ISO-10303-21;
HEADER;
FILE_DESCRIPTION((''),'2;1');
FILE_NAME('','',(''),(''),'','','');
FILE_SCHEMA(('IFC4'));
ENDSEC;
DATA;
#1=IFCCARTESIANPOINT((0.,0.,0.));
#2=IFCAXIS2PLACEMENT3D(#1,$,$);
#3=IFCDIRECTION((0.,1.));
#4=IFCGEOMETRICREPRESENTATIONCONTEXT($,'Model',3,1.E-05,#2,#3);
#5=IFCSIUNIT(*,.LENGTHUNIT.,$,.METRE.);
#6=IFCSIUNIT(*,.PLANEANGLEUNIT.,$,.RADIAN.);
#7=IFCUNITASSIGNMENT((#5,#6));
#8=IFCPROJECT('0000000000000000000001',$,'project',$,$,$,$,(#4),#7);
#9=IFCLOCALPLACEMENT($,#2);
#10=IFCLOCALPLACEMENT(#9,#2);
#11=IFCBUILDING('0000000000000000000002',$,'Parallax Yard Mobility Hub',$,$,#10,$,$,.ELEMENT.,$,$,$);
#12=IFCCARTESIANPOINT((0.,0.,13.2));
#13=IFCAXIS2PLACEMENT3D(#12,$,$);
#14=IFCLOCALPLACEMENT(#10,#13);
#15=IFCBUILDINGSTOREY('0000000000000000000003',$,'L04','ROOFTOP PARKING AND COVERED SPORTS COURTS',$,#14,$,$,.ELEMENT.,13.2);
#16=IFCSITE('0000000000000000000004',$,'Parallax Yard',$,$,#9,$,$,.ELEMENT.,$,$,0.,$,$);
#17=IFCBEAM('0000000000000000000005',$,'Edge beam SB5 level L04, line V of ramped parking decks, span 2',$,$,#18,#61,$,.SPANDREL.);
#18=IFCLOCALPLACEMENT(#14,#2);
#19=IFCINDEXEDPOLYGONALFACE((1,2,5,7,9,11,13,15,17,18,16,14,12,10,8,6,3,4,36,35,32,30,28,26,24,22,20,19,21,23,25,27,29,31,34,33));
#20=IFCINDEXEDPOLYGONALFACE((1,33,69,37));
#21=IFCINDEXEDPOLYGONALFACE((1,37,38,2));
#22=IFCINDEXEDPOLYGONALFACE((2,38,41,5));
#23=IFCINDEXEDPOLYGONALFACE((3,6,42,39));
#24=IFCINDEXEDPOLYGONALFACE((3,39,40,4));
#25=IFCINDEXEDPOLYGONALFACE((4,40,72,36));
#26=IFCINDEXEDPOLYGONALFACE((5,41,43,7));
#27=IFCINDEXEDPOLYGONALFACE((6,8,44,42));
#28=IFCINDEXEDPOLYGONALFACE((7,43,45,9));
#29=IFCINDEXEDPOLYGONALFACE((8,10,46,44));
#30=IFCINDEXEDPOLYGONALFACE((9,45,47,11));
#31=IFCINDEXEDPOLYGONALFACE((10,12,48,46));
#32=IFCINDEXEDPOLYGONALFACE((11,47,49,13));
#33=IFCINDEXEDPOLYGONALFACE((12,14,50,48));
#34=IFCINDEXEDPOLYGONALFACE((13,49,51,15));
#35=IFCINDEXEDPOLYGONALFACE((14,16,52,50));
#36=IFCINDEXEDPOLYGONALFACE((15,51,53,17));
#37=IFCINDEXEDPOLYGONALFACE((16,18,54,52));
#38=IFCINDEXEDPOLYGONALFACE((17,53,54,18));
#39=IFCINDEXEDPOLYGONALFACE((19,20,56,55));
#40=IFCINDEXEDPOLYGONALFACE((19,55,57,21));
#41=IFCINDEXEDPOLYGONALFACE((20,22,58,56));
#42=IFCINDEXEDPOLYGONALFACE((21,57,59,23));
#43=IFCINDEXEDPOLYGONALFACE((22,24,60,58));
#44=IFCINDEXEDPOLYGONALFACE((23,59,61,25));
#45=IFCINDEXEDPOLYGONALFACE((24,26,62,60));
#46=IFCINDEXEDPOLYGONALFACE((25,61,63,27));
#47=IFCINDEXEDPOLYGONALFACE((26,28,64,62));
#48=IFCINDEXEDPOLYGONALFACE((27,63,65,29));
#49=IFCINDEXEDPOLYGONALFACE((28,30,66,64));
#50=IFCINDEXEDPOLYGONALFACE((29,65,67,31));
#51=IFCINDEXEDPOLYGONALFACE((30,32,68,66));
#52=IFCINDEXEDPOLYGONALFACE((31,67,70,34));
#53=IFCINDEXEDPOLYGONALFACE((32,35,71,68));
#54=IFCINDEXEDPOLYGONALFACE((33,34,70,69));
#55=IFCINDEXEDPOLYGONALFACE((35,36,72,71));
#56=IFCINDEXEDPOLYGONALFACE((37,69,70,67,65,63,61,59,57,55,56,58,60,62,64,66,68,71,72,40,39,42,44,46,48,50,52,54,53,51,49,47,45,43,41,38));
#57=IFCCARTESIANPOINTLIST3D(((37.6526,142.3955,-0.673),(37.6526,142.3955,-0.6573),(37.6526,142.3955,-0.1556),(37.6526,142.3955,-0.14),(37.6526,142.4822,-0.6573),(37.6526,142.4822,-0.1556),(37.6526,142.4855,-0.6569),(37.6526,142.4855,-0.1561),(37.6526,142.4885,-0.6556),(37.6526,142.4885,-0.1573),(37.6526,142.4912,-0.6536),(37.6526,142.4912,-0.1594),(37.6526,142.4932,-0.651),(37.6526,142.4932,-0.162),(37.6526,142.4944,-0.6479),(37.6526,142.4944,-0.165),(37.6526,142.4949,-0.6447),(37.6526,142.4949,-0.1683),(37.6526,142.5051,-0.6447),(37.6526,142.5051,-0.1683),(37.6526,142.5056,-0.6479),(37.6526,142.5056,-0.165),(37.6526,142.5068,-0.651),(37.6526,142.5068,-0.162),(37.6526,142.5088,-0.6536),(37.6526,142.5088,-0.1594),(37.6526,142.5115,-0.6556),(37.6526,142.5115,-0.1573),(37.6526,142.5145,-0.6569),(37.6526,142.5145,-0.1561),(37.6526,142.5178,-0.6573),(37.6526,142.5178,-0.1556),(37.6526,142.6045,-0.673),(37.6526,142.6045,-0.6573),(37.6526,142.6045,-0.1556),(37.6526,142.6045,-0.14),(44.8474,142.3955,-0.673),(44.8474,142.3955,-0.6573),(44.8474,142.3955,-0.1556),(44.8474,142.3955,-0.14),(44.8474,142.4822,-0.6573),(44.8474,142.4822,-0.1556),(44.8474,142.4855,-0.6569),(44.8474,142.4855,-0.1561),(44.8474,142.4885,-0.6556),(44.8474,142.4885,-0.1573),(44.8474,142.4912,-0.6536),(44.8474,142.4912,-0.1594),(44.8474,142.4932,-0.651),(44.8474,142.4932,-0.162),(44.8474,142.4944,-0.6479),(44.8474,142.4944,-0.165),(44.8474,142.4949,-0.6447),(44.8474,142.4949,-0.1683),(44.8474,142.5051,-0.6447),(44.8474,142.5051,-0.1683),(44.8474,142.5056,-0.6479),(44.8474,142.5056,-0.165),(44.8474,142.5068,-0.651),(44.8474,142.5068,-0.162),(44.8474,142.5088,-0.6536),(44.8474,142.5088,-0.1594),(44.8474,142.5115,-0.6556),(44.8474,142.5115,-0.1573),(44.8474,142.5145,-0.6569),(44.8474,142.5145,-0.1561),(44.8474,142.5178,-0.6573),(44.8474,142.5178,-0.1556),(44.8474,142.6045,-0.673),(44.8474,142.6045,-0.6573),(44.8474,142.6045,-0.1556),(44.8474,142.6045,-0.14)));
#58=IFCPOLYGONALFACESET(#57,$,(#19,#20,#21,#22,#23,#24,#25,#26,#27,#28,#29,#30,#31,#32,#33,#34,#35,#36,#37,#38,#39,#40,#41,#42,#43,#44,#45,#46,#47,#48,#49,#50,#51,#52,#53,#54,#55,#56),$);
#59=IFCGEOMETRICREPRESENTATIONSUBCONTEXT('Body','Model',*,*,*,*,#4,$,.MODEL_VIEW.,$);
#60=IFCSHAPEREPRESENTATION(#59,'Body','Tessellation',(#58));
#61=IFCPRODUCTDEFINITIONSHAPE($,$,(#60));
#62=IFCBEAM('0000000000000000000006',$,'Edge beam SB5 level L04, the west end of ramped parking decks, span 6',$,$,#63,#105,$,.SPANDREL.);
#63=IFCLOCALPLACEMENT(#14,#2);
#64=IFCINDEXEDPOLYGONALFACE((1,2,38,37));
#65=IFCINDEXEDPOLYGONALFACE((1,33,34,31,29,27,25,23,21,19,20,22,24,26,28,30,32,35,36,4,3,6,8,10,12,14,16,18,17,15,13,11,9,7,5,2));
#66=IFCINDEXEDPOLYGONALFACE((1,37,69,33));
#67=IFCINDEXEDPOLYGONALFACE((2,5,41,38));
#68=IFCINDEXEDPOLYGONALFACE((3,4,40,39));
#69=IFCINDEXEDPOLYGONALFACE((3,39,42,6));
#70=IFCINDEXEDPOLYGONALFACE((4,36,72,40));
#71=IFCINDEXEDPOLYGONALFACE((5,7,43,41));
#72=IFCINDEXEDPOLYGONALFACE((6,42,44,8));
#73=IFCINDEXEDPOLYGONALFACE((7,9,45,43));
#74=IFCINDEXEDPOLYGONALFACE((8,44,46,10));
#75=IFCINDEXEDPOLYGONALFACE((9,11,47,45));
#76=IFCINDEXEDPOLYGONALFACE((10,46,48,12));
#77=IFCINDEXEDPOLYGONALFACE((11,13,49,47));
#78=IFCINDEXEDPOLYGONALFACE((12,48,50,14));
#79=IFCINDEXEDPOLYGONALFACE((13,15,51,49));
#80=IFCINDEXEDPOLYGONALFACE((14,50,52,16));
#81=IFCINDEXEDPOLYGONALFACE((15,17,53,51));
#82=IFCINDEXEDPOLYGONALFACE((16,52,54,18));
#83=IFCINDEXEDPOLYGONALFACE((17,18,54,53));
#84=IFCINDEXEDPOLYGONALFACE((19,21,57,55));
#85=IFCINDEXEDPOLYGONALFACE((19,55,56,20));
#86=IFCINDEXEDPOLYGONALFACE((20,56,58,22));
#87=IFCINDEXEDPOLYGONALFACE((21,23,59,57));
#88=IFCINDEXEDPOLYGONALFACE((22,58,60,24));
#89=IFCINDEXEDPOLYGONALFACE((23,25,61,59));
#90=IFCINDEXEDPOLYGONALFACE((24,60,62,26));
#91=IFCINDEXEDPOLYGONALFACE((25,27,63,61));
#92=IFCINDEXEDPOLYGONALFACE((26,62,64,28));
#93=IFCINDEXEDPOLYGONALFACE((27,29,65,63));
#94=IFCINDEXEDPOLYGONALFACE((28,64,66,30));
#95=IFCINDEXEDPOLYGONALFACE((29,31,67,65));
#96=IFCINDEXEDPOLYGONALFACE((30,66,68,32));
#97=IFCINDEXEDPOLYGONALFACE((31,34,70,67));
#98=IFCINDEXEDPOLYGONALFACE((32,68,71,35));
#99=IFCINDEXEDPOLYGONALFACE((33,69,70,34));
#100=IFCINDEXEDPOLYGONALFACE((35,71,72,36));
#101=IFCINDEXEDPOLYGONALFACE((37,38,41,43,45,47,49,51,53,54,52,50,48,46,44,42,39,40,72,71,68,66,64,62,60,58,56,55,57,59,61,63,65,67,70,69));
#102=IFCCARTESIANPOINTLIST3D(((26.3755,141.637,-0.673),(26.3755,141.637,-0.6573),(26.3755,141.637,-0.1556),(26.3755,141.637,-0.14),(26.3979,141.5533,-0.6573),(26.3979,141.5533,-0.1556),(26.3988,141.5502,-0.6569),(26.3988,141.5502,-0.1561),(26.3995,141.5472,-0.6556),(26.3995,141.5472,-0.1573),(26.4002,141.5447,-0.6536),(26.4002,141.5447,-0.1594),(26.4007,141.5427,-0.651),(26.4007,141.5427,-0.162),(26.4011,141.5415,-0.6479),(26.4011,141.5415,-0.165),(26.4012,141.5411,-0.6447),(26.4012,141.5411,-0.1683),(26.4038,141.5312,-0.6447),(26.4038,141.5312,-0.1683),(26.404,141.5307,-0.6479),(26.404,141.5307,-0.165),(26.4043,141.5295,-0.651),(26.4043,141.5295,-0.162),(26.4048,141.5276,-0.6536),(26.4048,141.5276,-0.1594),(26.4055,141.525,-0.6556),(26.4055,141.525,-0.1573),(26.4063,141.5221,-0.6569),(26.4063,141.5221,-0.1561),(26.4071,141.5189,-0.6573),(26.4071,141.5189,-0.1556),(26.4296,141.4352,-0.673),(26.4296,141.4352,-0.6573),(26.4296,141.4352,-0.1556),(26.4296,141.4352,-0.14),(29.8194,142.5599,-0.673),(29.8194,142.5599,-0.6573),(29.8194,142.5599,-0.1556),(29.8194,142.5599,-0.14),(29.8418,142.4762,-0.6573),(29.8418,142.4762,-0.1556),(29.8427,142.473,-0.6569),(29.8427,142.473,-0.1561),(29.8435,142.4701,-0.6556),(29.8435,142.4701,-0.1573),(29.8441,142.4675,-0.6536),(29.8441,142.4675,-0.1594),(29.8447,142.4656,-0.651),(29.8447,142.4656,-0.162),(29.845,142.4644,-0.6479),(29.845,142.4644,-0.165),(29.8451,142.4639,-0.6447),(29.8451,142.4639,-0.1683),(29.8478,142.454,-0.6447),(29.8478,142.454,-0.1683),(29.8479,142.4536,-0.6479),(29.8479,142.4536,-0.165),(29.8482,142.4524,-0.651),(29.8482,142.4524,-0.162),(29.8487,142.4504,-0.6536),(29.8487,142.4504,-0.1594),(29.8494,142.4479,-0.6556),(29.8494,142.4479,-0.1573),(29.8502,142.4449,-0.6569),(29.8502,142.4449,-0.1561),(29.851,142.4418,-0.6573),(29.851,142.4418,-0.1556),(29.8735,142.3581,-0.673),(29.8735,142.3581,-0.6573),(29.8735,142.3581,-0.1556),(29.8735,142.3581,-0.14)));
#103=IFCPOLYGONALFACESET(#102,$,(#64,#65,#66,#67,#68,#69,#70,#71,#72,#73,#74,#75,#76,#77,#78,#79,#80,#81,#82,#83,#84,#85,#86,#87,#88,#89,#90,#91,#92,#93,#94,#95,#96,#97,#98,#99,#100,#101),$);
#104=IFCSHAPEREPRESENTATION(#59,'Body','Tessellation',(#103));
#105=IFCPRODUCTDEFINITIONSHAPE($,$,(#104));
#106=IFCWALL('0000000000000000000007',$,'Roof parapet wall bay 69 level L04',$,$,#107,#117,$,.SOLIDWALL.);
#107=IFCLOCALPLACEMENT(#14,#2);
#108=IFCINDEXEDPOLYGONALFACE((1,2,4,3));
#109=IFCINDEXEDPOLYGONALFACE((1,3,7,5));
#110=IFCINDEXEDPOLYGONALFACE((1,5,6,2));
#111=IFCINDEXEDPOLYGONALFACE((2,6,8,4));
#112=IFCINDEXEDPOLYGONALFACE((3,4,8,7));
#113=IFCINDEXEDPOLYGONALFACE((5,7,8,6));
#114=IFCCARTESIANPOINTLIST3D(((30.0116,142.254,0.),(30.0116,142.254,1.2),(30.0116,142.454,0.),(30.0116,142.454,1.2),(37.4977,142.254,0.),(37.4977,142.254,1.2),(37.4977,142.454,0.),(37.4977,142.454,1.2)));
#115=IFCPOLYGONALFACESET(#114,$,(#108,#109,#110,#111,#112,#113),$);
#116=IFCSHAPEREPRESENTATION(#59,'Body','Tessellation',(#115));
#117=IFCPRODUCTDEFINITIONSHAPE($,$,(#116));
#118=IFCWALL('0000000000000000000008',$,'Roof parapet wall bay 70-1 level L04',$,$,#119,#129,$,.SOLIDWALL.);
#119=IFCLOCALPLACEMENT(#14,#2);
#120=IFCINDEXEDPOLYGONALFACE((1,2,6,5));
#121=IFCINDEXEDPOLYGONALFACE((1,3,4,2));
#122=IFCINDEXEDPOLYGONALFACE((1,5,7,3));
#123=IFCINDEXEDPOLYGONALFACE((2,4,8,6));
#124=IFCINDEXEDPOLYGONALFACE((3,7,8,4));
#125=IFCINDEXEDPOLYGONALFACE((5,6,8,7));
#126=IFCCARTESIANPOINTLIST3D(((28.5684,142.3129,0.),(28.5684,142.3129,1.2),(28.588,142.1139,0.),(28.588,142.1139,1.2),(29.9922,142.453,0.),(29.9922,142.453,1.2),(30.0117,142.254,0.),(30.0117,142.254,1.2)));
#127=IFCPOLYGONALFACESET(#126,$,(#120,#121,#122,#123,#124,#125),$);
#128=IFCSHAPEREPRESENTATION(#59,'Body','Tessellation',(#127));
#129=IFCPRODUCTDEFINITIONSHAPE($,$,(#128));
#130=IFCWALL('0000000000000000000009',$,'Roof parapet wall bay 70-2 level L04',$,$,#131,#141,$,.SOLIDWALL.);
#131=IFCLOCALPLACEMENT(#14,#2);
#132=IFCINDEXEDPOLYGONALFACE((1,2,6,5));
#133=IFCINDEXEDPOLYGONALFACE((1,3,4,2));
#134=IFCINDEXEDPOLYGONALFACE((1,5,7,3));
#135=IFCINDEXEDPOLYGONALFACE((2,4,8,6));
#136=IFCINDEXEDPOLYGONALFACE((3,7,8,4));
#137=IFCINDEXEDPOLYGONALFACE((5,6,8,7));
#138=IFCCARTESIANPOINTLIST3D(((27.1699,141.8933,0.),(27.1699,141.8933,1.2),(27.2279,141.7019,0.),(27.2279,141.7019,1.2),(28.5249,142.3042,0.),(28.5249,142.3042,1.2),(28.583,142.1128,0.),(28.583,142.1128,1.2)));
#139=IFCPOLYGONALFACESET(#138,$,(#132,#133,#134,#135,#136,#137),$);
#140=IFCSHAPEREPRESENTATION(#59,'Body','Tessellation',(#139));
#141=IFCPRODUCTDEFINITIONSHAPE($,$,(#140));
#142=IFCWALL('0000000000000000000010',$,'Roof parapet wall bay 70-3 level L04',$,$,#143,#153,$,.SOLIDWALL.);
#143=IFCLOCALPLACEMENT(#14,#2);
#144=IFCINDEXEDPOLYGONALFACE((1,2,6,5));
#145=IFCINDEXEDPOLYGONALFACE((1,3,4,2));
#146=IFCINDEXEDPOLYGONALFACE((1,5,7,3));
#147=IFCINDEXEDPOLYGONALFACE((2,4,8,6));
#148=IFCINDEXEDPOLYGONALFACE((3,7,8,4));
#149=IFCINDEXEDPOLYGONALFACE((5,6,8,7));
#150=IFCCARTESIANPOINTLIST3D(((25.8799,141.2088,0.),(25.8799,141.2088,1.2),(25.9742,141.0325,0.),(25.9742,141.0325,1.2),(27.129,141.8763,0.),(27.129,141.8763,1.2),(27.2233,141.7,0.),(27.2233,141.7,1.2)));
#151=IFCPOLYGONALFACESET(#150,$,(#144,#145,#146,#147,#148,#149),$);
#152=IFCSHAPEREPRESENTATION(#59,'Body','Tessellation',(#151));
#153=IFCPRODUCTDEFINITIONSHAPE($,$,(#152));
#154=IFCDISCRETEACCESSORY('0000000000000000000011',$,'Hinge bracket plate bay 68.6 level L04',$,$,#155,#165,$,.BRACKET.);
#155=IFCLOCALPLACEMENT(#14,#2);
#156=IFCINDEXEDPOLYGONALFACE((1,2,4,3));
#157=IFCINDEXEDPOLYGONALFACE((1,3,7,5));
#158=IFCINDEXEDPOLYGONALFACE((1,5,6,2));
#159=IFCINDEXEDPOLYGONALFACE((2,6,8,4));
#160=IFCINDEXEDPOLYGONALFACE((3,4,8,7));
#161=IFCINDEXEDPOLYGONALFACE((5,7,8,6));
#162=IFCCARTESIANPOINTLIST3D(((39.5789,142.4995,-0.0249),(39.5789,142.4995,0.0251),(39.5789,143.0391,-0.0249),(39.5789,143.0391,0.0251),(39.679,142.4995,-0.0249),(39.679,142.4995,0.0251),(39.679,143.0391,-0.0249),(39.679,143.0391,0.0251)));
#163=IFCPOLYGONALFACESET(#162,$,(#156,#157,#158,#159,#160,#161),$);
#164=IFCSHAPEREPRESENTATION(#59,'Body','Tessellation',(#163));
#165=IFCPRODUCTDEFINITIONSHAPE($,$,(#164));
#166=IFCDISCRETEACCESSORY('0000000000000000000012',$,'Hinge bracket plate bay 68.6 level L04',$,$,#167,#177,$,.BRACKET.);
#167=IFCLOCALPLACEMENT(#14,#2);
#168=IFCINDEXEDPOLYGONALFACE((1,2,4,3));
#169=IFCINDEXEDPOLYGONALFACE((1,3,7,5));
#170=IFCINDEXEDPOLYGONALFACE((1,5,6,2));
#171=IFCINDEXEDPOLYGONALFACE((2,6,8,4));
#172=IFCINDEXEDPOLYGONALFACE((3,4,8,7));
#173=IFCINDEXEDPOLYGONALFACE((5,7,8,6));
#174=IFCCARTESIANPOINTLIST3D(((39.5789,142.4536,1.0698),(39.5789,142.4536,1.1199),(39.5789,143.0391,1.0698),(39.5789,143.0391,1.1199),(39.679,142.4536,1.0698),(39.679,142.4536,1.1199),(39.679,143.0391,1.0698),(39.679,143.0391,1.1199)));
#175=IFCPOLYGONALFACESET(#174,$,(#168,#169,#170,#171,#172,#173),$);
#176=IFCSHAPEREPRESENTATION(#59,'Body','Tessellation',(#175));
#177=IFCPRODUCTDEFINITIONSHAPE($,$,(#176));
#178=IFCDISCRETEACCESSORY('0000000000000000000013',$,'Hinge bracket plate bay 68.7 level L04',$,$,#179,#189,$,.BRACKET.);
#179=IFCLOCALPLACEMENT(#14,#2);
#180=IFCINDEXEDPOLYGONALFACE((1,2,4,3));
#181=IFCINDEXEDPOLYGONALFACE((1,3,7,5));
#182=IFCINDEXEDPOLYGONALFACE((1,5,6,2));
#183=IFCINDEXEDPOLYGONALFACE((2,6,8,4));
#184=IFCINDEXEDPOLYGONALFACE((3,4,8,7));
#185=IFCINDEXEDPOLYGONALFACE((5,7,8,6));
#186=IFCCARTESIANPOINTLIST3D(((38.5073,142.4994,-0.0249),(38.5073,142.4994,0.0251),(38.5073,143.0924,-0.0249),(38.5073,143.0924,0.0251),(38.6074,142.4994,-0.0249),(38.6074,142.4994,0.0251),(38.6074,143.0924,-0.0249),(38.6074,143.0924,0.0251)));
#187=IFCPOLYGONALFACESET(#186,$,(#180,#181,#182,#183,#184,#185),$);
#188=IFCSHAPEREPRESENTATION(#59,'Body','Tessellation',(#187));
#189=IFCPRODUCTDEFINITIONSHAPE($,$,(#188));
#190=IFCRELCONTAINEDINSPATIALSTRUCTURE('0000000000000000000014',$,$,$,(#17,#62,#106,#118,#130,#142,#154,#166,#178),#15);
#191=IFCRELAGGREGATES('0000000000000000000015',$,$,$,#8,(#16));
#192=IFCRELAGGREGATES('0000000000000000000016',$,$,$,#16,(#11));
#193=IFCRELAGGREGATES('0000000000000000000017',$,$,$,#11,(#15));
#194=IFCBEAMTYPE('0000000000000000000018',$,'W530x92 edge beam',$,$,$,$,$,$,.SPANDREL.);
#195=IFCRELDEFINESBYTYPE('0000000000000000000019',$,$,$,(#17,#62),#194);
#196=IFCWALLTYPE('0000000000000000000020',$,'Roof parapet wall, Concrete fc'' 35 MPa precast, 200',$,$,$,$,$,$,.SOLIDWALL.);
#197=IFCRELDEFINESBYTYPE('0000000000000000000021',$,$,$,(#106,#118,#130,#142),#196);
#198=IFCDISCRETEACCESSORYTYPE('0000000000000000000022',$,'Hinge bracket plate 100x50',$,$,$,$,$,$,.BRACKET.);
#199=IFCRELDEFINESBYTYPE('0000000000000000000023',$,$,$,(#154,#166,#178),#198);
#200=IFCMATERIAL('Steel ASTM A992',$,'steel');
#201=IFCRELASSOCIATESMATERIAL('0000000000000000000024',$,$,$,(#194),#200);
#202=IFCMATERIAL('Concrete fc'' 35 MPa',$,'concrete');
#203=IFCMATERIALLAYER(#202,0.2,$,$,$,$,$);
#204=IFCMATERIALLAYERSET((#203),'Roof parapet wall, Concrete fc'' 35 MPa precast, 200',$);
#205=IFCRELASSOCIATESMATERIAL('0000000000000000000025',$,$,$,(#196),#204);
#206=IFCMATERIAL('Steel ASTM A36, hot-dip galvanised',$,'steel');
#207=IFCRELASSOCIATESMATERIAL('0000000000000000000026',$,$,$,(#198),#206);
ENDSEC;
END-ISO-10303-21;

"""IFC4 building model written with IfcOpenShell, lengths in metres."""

from ifc_helpers import new_model, si_unit, direction, frame, frame_2d, origin, origin_2d, place, context, subcontext, project, spatial, rectangle, i_section, extrude, material, layer, layer_set, material_profile, profile_set, type_object, element, save


model = new_model("IFC4")

# Units and contexts
model_context = context("Model", 3, precision=1e-05, world=origin(), true_north=direction((0.0, 1.0)))
body_context = subcontext(model_context, "Body", "Model", "MODEL_VIEW")
ifc_project = project(units=[si_unit("LENGTHUNIT", "METRE"), si_unit("PLANEANGLEUNIT", "RADIAN")], contexts=[model_context])

# Site, building, storey
site_placement = place(None, origin())
site = spatial("IfcSite", under=ifc_project, at=site_placement, Name="Parallax Yard", CompositionType="ELEMENT", RefElevation=0.0)
building_placement = place(site_placement, origin())
building = spatial("IfcBuilding", under=site, at=building_placement, Name="Parallax Yard Mobility Hub", CompositionType="ELEMENT")
storey_placement = place(building_placement, frame((0.0, 0.0, 13.2)))
storey = spatial("IfcBuildingStorey", under=building, at=storey_placement, Name="L04", Description="ROOFTOP PARKING AND COVERED SPORTS COURTS", CompositionType="ELEMENT", Elevation=13.2)

# Shared definitions
ifc_material_1 = material(Name="Steel ASTM A992", Category="steel")

# Beams
ifc_material_profile_1 = material_profile(ifc_material_1, i_section(OverallWidth=0.209, OverallDepth=0.533, WebThickness=0.0103, FlangeThickness=0.0156, FilletRadius=0.0127, at=origin_2d()), Name="W530x92")
ifc_profile_set_1 = profile_set([ifc_material_profile_1], Name="Steel ASTM A992")
beam_type = type_object("IfcBeamType", Name="W530x92 edge beam", PredefinedType="SPANDREL", material=ifc_profile_set_1)
beam_1_placement = place(storey_placement, frame((37.6526, 142.5, -0.4065), z_axis=(1.0, 0.0, 0.0), x_axis=(0.0, 1.0, 0.0)))
element("IfcBeam", 1, at=beam_1_placement, inside=storey, type_object=beam_type, Name="Edge beam SB5 level L04, line V of ramped parking decks, span 2", PredefinedType="SPANDREL", context=body_context, shape_type="SweptSolid", body=[
    extrude(i_section(OverallWidth=0.209, OverallDepth=0.533, WebThickness=0.0103, FlangeThickness=0.0156, FilletRadius=0.0127, at=origin_2d()), origin(), (0.0, 0.0, 1.0), 7.1948),
])
beam_2_placement = place(storey_placement, frame((29.8464, 142.459, -0.4065), z_axis=(-0.965921, -0.258839, 0.0), x_axis=(0.258839, -0.965921, 0.0)))
element("IfcBeam", 2, at=beam_2_placement, inside=storey, type_object=beam_type, Name="Edge beam SB5 level L04, the west end of ramped parking decks, span 6", PredefinedType="SPANDREL", context=body_context, shape_type="SweptSolid", body=[
    extrude(i_section(OverallWidth=0.209, OverallDepth=0.533, WebThickness=0.0103, FlangeThickness=0.0156, FilletRadius=0.0127, at=origin_2d()), origin(), (0.0, 0.0, 1.0), 3.5654),
])

# Walls
ifc_material_2 = material(Name="Concrete fc' 35 MPa", Category="concrete")
ifc_layer = layer(ifc_material_2, 0.2)
ifc_layer_set = layer_set([ifc_layer], Name="Roof parapet wall, Concrete fc' 35 MPa precast, 200")
wall_type = type_object("IfcWallType", Name="Roof parapet wall, Concrete fc' 35 MPa precast, 200", PredefinedType="SOLIDWALL", material=ifc_layer_set)
wall_1_placement = place(storey_placement, frame((37.4978, 142.354, 0.0), z_axis=(0.0, 0.0, 1.0), x_axis=(-1.0, 0.0, 0.0)))
element("IfcWall", 3, at=wall_1_placement, inside=storey, type_object=wall_type, Name="Roof parapet wall bay 69 level L04", PredefinedType="SOLIDWALL", context=body_context, shape_type="SweptSolid", body=[
    extrude(rectangle(XDim=7.4861, YDim=0.2, at=frame_2d((3.7432, 0.0))), origin(), (0.0, 0.0, 1.0), 1.2),
])
wall_2_placement = place(storey_placement, frame((30.002, 142.3535, 0.0), z_axis=(0.0, 0.0, 1.0), x_axis=(-0.995191, -0.097949, 0.0)))
element("IfcWall", 4, at=wall_2_placement, inside=storey, type_object=wall_type, Name="Roof parapet wall bay 70-1 level L04", PredefinedType="SOLIDWALL", context=body_context, shape_type="SweptSolid", body=[
    extrude(rectangle(XDim=1.4307, YDim=0.2, at=frame_2d((0.7153, 0.0))), origin(), (0.0, 0.0, 1.0), 1.2),
])
wall_3_placement = place(storey_placement, frame((28.554, 142.2085, 0.0), z_axis=(0.0, 0.0, 1.0), x_axis=(-0.956968, -0.290194, 0.0)))
element("IfcWall", 5, at=wall_3_placement, inside=storey, type_object=wall_type, Name="Roof parapet wall bay 70-2 level L04", PredefinedType="SOLIDWALL", context=body_context, shape_type="SweptSolid", body=[
    extrude(rectangle(XDim=1.416, YDim=0.2, at=frame_2d((0.708, 0.0))), origin(), (0.0, 0.0, 1.0), 1.2),
])
wall_4_placement = place(storey_placement, frame((27.176, 141.7881, 0.0), z_axis=(0.0, 0.0, 1.0), x_axis=(-0.881961, -0.471322, 0.0)))
element("IfcWall", 6, at=wall_4_placement, inside=storey, type_object=wall_type, Name="Roof parapet wall bay 70-3 level L04", PredefinedType="SOLIDWALL", context=body_context, shape_type="SweptSolid", body=[
    extrude(rectangle(XDim=1.4163, YDim=0.2, at=frame_2d((0.708, 0.0))), origin(), (0.0, 0.0, 1.0), 1.2),
])

# Discrete accessories
ifc_material_3 = material(Name="Steel ASTM A36, hot-dip galvanised", Category="steel")
discrete_accessory_type_1 = type_object("IfcDiscreteAccessoryType", Name="Hinge bracket plate 100x50", PredefinedType="BRACKET", material=ifc_material_3)
discrete_accessory_1_placement = place(storey_placement, frame((39.6289, 142.7693, -0.0249), z_axis=(0.0, 0.0, 1.0), x_axis=(0.0, 1.0, 0.0)))
element("IfcDiscreteAccessory", 7, at=discrete_accessory_1_placement, inside=storey, type_object=discrete_accessory_type_1, Name="Hinge bracket plate bay 68.6 level L04", PredefinedType="BRACKET", context=body_context, shape_type="SweptSolid", body=[
    extrude(rectangle(XDim=0.5396, YDim=0.1001, at=origin_2d()), origin(), (0.0, 0.0, 1.0), 0.05),
])
discrete_accessory_2_placement = place(storey_placement, frame((39.6289, 142.7463, 1.0698), z_axis=(0.0, 0.0, 1.0), x_axis=(0.0, 1.0, 0.0)))
element("IfcDiscreteAccessory", 8, at=discrete_accessory_2_placement, inside=storey, type_object=discrete_accessory_type_1, Name="Hinge bracket plate bay 68.6 level L04", PredefinedType="BRACKET", context=body_context, shape_type="SweptSolid", body=[
    extrude(rectangle(XDim=0.5854, YDim=0.1001, at=origin_2d()), origin(), (0.0, 0.0, 1.0), 0.05),
])
discrete_accessory_3_placement = place(storey_placement, frame((38.5574, 142.7959, -0.0249), z_axis=(0.0, 0.0, 1.0), x_axis=(0.0, 1.0, 0.0)))
element("IfcDiscreteAccessory", 9, at=discrete_accessory_3_placement, inside=storey, type_object=discrete_accessory_type_1, Name="Hinge bracket plate bay 68.7 level L04", PredefinedType="BRACKET", context=body_context, shape_type="SweptSolid", body=[
    extrude(rectangle(XDim=0.593, YDim=0.1001, at=origin_2d()), origin(), (0.0, 0.0, 1.0), 0.05),
])

save(model, "model.ifc")
